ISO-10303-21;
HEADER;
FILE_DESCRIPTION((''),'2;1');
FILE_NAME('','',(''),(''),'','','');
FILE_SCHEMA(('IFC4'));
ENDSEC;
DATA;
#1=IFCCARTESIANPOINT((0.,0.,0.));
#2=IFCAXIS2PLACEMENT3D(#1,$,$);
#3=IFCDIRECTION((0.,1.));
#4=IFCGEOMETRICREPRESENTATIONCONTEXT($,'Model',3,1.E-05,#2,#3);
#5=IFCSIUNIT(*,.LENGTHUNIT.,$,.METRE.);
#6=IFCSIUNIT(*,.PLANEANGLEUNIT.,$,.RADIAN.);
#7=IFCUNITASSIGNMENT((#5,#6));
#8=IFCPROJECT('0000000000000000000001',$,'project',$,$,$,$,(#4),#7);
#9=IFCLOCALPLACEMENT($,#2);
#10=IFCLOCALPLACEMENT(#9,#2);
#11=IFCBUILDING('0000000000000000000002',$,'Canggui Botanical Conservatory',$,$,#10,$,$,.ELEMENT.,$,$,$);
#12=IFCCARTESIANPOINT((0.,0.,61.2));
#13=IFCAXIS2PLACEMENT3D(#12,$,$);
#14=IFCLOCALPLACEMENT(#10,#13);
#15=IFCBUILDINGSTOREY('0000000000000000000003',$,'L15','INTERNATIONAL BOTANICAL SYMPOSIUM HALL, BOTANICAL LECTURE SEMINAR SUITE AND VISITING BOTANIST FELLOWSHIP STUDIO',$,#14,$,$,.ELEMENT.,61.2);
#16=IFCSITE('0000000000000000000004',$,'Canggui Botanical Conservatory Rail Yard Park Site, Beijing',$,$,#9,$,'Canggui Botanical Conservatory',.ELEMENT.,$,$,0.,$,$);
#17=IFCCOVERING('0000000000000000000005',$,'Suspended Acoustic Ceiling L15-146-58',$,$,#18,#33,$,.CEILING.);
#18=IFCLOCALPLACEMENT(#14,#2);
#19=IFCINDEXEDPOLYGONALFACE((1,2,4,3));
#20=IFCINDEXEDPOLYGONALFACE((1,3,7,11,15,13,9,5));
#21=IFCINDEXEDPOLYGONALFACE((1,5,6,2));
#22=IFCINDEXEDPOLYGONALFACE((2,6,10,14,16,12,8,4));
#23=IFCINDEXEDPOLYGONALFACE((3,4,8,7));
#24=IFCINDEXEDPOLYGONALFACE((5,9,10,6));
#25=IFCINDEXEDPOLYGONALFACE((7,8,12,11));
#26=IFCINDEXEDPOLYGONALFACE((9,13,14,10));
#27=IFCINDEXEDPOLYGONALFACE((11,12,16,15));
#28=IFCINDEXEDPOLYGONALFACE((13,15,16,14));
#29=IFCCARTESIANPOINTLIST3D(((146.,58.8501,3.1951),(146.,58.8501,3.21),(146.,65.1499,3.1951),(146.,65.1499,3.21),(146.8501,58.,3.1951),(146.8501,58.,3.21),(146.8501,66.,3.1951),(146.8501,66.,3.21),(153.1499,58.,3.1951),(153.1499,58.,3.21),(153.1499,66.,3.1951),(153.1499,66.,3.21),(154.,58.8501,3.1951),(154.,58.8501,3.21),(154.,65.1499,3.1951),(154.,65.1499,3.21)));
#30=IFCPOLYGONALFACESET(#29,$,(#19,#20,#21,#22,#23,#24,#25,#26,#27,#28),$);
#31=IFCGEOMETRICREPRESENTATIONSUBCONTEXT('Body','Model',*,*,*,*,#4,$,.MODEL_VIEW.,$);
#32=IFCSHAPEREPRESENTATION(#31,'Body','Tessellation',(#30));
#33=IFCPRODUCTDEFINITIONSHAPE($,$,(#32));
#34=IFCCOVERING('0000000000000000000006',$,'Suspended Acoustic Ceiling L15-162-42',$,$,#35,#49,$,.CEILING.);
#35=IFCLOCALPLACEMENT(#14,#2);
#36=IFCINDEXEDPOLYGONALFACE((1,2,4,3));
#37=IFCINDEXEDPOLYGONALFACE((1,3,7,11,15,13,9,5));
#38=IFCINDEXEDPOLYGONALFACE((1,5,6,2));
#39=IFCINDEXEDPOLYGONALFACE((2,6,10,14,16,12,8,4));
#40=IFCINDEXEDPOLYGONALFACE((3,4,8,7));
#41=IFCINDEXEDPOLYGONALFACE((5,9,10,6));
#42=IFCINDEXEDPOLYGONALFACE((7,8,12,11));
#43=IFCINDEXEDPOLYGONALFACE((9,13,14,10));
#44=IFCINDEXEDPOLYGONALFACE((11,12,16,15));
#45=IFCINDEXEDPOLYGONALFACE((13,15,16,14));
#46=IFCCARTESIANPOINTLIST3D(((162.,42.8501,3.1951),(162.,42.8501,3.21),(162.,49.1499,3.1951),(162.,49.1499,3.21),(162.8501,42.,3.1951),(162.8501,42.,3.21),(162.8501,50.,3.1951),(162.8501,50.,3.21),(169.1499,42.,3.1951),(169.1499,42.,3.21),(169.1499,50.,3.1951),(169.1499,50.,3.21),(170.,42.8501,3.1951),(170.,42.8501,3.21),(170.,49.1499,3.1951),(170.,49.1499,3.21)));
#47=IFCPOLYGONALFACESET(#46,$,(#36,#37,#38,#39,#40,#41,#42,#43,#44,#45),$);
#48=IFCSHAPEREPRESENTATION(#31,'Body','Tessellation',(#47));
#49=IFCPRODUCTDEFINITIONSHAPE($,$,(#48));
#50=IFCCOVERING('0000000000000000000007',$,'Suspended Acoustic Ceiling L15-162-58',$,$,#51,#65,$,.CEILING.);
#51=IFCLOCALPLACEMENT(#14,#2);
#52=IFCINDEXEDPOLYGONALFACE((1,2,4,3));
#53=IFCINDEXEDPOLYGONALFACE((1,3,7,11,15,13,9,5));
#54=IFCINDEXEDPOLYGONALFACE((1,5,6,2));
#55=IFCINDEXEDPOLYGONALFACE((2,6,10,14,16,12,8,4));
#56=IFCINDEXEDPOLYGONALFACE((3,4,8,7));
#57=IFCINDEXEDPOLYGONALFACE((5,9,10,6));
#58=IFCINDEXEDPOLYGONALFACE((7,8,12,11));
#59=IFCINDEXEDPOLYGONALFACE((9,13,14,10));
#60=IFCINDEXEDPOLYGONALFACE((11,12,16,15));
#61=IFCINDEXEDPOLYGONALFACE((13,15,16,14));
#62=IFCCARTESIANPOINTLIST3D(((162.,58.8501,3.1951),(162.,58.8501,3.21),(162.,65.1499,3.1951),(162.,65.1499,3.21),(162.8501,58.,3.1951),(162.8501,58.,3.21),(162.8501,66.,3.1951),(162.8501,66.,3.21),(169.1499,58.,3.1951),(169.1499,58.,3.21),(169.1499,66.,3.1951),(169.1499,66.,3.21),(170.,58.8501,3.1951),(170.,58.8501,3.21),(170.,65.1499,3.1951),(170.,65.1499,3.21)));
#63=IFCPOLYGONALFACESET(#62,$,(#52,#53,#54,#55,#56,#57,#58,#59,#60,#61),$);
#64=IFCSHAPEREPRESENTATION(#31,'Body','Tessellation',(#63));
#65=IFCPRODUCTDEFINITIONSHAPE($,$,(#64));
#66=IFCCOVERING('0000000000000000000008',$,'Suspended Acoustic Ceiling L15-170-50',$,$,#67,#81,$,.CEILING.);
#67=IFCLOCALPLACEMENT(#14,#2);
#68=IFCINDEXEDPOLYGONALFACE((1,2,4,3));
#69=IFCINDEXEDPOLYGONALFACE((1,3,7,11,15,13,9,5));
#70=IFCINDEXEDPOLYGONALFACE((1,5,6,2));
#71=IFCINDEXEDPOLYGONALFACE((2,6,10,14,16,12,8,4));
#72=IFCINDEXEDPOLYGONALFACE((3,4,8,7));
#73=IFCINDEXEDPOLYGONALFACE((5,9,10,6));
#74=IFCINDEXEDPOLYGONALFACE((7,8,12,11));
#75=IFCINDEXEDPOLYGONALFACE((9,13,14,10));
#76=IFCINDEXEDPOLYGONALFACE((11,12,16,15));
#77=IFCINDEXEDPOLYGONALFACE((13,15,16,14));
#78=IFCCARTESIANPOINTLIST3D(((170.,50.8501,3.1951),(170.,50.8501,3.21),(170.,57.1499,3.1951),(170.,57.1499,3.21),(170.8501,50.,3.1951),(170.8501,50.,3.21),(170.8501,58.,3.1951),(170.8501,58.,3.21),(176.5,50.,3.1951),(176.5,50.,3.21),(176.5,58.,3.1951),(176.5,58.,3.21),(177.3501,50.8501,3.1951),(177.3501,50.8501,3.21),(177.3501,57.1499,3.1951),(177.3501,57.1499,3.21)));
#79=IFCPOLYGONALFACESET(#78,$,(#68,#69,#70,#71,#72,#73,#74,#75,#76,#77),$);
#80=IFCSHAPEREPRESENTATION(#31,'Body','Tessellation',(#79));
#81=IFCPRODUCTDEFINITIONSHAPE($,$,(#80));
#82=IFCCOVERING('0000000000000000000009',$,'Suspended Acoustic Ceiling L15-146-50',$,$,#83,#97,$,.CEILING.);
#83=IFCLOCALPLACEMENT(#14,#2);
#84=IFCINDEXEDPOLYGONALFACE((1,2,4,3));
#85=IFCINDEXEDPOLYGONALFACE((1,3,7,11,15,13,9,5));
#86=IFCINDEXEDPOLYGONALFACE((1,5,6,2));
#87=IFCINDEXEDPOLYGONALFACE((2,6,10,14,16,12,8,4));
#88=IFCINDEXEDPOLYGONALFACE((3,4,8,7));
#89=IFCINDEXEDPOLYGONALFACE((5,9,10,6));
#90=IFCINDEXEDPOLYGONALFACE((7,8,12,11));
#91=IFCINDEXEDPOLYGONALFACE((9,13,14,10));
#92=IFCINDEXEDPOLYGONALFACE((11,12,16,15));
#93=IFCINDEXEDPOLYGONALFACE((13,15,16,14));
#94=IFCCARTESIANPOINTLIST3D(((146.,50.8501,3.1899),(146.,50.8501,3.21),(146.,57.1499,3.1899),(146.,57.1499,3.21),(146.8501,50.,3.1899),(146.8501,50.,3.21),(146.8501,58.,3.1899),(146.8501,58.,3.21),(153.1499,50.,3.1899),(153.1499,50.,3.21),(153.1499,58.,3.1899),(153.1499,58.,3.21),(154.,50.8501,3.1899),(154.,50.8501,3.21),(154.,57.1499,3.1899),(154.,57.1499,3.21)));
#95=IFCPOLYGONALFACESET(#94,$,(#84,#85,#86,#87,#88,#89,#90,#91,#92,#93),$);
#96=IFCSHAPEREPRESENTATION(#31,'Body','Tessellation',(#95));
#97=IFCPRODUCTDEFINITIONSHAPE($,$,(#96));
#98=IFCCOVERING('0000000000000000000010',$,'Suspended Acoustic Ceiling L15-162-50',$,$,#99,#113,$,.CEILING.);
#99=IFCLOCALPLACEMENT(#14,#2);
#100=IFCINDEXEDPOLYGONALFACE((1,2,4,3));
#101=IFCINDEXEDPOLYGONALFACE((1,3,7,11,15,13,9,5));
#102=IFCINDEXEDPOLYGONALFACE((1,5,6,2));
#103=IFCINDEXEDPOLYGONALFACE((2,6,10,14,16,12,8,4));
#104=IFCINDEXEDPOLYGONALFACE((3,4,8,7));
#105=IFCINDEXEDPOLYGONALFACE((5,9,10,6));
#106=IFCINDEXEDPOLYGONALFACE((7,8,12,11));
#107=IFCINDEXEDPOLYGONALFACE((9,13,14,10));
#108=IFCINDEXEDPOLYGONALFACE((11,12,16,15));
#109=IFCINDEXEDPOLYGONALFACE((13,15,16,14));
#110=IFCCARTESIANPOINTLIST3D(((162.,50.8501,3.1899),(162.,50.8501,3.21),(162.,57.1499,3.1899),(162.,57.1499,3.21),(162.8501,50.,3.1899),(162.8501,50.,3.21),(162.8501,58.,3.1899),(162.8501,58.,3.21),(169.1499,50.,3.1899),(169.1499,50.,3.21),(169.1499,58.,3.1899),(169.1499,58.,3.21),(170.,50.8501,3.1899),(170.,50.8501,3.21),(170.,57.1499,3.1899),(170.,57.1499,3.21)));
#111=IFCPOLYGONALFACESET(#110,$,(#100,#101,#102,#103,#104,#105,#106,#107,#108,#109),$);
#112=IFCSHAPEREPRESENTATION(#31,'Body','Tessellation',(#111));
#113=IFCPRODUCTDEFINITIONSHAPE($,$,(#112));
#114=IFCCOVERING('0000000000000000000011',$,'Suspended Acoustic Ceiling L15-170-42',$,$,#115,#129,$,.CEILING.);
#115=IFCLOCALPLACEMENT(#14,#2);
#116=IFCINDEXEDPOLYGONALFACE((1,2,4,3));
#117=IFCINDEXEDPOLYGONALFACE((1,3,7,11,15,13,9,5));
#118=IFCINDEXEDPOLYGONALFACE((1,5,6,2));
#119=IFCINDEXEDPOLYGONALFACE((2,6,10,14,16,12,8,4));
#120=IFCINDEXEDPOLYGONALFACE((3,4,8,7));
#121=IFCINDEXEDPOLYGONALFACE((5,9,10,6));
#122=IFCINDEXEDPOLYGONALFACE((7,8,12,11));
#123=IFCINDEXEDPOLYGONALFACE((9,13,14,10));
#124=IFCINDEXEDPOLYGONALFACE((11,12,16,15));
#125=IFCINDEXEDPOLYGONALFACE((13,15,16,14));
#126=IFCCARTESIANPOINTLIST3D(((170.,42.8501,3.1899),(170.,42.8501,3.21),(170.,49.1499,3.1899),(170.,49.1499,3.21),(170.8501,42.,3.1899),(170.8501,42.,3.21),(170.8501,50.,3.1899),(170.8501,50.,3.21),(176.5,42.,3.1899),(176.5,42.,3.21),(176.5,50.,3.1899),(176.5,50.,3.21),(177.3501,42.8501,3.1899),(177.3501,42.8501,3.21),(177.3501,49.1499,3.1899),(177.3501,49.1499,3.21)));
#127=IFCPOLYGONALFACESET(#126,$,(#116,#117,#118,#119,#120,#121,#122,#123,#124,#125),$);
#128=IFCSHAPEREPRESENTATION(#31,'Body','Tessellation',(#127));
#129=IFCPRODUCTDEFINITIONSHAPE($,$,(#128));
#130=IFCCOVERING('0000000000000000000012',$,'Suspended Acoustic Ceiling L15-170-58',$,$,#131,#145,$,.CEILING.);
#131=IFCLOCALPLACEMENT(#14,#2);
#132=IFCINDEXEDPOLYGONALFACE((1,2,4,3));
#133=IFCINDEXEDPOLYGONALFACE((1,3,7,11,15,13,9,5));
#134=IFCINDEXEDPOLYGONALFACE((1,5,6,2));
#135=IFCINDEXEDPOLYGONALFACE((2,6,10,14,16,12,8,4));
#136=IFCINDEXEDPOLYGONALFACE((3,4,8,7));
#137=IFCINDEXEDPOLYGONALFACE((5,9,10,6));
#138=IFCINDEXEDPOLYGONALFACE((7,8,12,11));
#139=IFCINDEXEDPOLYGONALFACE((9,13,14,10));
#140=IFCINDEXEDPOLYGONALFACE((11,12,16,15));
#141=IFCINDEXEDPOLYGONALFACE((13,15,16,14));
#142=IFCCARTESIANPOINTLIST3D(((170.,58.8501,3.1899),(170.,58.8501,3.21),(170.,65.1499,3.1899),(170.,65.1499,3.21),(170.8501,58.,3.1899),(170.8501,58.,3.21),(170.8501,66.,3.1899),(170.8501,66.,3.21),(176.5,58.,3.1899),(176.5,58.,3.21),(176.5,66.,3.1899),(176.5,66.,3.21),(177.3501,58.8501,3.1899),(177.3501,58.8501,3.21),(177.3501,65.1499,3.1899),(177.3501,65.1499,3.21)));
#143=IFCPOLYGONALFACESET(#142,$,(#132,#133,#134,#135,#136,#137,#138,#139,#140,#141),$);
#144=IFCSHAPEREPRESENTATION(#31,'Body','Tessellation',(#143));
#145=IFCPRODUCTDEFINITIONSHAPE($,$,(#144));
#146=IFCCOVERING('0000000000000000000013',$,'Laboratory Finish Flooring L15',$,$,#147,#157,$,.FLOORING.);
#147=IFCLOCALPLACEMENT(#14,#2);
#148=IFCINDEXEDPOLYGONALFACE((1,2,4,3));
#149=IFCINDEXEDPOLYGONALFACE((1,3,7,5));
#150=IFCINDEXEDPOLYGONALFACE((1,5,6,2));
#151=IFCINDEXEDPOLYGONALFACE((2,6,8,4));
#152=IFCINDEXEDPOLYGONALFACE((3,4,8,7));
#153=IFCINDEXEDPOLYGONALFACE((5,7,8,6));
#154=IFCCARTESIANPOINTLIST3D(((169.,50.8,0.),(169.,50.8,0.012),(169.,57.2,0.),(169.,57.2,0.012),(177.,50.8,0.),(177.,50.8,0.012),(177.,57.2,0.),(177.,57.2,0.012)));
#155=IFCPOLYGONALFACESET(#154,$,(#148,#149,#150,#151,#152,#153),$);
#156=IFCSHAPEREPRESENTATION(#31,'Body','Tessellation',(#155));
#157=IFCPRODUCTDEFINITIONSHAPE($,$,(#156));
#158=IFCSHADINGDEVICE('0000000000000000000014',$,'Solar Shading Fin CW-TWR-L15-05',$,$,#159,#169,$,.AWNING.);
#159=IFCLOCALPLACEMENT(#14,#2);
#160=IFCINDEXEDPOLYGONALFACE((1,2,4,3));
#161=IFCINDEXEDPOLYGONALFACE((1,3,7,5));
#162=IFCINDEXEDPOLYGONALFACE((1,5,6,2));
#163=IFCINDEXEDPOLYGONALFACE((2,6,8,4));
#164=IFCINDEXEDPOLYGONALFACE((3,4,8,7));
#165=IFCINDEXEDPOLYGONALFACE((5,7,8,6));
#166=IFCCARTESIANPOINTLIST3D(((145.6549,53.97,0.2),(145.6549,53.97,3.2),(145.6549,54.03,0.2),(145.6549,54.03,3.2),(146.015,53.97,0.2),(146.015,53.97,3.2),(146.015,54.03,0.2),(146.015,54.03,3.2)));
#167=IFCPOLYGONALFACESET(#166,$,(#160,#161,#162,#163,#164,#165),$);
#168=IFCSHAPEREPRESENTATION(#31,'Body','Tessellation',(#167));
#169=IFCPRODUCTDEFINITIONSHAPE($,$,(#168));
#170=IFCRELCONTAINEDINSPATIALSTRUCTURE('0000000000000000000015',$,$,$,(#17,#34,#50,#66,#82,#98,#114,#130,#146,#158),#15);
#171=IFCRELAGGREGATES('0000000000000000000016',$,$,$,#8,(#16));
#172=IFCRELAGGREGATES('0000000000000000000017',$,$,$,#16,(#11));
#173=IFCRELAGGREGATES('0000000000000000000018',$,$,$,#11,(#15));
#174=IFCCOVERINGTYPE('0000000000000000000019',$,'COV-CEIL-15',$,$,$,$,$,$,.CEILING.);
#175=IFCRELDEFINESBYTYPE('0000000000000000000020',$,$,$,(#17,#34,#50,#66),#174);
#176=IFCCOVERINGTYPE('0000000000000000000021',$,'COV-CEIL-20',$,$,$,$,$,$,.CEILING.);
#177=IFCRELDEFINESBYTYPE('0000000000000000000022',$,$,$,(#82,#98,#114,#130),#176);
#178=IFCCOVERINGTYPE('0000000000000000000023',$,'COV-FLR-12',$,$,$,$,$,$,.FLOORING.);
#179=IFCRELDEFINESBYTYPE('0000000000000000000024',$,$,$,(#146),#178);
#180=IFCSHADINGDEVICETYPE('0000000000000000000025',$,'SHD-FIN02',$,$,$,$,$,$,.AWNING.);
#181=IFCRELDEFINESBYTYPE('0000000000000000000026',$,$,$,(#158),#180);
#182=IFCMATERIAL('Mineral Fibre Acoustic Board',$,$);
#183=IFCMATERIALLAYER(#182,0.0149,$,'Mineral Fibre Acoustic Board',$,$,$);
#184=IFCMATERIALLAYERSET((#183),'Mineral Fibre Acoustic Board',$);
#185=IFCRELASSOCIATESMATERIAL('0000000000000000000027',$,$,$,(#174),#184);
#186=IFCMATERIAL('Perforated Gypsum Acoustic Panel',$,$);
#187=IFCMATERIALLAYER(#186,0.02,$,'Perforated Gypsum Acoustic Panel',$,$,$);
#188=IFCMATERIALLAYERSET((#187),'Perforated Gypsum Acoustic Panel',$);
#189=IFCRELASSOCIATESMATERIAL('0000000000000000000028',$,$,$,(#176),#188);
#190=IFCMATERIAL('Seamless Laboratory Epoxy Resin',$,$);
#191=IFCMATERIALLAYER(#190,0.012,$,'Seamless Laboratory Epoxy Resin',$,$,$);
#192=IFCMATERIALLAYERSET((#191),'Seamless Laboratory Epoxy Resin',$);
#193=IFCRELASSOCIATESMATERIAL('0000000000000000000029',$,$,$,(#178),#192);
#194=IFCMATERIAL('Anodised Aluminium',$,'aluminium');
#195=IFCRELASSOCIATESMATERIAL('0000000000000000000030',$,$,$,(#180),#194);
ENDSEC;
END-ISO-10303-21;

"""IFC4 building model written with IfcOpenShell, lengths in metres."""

from ifc_helpers import new_model, si_unit, direction, frame, origin, origin_2d, place, context, subcontext, project, spatial, polyline, rectangle, outline, extrude, material, layer, layer_set, type_object, element, save


model = new_model("IFC4")

# Units and contexts
model_context = context("Model", 3, precision=1e-05, world=origin(), true_north=direction((0.0, 1.0)))
body_context = subcontext(model_context, "Body", "Model", "MODEL_VIEW")
ifc_project = project(units=[si_unit("LENGTHUNIT", "METRE"), si_unit("PLANEANGLEUNIT", "RADIAN")], contexts=[model_context])

# Site, building, storey
site_placement = place(None, origin())
site = spatial("IfcSite", under=ifc_project, at=site_placement, Name="Canggui Botanical Conservatory Rail Yard Park Site, Beijing", LongName="Canggui Botanical Conservatory", CompositionType="ELEMENT", RefElevation=0.0)
building_placement = place(site_placement, origin())
building = spatial("IfcBuilding", under=site, at=building_placement, Name="Canggui Botanical Conservatory", CompositionType="ELEMENT")
storey_placement = place(building_placement, frame((0.0, 0.0, 61.2)))
storey = spatial("IfcBuildingStorey", under=building, at=storey_placement, Name="L15", Description="INTERNATIONAL BOTANICAL SYMPOSIUM HALL, BOTANICAL LECTURE SEMINAR SUITE AND VISITING BOTANIST FELLOWSHIP STUDIO", CompositionType="ELEMENT", Elevation=61.2)

# Coverings
ifc_material_1 = material(Name="Mineral Fibre Acoustic Board")
ifc_layer_1 = layer(ifc_material_1, 0.0149, Name="Mineral Fibre Acoustic Board")
ifc_layer_set_1 = layer_set([ifc_layer_1], Name="Mineral Fibre Acoustic Board")
covering_type_1 = type_object("IfcCoveringType", Name="COV-CEIL-15", PredefinedType="CEILING", material=ifc_layer_set_1)
covering_1_placement = place(storey_placement, frame((0.0, 0.0, 3.1951)))
element("IfcCovering", 1, at=covering_1_placement, inside=storey, type_object=covering_type_1, Name="Suspended Acoustic Ceiling L15-146-58", PredefinedType="CEILING", context=body_context, shape_type="SweptSolid", body=[
    extrude(outline(polyline([(146.8501, 58.0), (153.1499, 58.0), (154.0, 58.8501), (154.0, 65.1499), (153.1499, 66.0), (146.8501, 66.0), (146.0, 65.1499), (146.0, 58.8501), (146.8501, 58.0)])), origin(), (0.0, 0.0, 1.0), 0.0149),
])
covering_2_placement = place(storey_placement, frame((0.0, 0.0, 3.1951)))
element("IfcCovering", 2, at=covering_2_placement, inside=storey, type_object=covering_type_1, Name="Suspended Acoustic Ceiling L15-162-42", PredefinedType="CEILING", context=body_context, shape_type="SweptSolid", body=[
    extrude(outline(polyline([(162.8501, 42.0), (169.1499, 42.0), (170.0, 42.8501), (170.0, 49.1499), (169.1499, 50.0), (162.8501, 50.0), (162.0, 49.1499), (162.0, 42.8501), (162.8501, 42.0)])), origin(), (0.0, 0.0, 1.0), 0.0149),
])
covering_3_placement = place(storey_placement, frame((0.0, 0.0, 3.1951)))
element("IfcCovering", 3, at=covering_3_placement, inside=storey, type_object=covering_type_1, Name="Suspended Acoustic Ceiling L15-162-58", PredefinedType="CEILING", context=body_context, shape_type="SweptSolid", body=[
    extrude(outline(polyline([(162.8501, 58.0), (169.1499, 58.0), (170.0, 58.8501), (170.0, 65.1499), (169.1499, 66.0), (162.8501, 66.0), (162.0, 65.1499), (162.0, 58.8501), (162.8501, 58.0)])), origin(), (0.0, 0.0, 1.0), 0.0149),
])
covering_4_placement = place(storey_placement, frame((0.0, 0.0, 3.1951)))
element("IfcCovering", 4, at=covering_4_placement, inside=storey, type_object=covering_type_1, Name="Suspended Acoustic Ceiling L15-170-50", PredefinedType="CEILING", context=body_context, shape_type="SweptSolid", body=[
    extrude(outline(polyline([(170.8501, 50.0), (176.5, 50.0), (177.3501, 50.8501), (177.3501, 57.1499), (176.5, 58.0), (170.8501, 58.0), (170.0, 57.1499), (170.0, 50.8501), (170.8501, 50.0)])), origin(), (0.0, 0.0, 1.0), 0.0149),
])
ifc_material_2 = material(Name="Perforated Gypsum Acoustic Panel")
ifc_layer_2 = layer(ifc_material_2, 0.02, Name="Perforated Gypsum Acoustic Panel")
ifc_layer_set_2 = layer_set([ifc_layer_2], Name="Perforated Gypsum Acoustic Panel")
covering_type_2 = type_object("IfcCoveringType", Name="COV-CEIL-20", PredefinedType="CEILING", material=ifc_layer_set_2)
covering_5_placement = place(storey_placement, frame((0.0, 0.0, 3.1899)))
element("IfcCovering", 5, at=covering_5_placement, inside=storey, type_object=covering_type_2, Name="Suspended Acoustic Ceiling L15-146-50", PredefinedType="CEILING", context=body_context, shape_type="SweptSolid", body=[
    extrude(outline(polyline([(146.8501, 50.0), (153.1499, 50.0), (154.0, 50.8501), (154.0, 57.1499), (153.1499, 58.0), (146.8501, 58.0), (146.0, 57.1499), (146.0, 50.8501), (146.8501, 50.0)])), origin(), (0.0, 0.0, 1.0), 0.02),
])
covering_6_placement = place(storey_placement, frame((0.0, 0.0, 3.1899)))
element("IfcCovering", 6, at=covering_6_placement, inside=storey, type_object=covering_type_2, Name="Suspended Acoustic Ceiling L15-162-50", PredefinedType="CEILING", context=body_context, shape_type="SweptSolid", body=[
    extrude(outline(polyline([(162.8501, 50.0), (169.1499, 50.0), (170.0, 50.8501), (170.0, 57.1499), (169.1499, 58.0), (162.8501, 58.0), (162.0, 57.1499), (162.0, 50.8501), (162.8501, 50.0)])), origin(), (0.0, 0.0, 1.0), 0.02),
])
covering_7_placement = place(storey_placement, frame((0.0, 0.0, 3.1899)))
element("IfcCovering", 7, at=covering_7_placement, inside=storey, type_object=covering_type_2, Name="Suspended Acoustic Ceiling L15-170-42", PredefinedType="CEILING", context=body_context, shape_type="SweptSolid", body=[
    extrude(outline(polyline([(170.8501, 42.0), (176.5, 42.0), (177.3501, 42.8501), (177.3501, 49.1499), (176.5, 50.0), (170.8501, 50.0), (170.0, 49.1499), (170.0, 42.8501), (170.8501, 42.0)])), origin(), (0.0, 0.0, 1.0), 0.02),
])
covering_8_placement = place(storey_placement, frame((0.0, 0.0, 3.1899)))
element("IfcCovering", 8, at=covering_8_placement, inside=storey, type_object=covering_type_2, Name="Suspended Acoustic Ceiling L15-170-58", PredefinedType="CEILING", context=body_context, shape_type="SweptSolid", body=[
    extrude(outline(polyline([(170.8501, 58.0), (176.5, 58.0), (177.3501, 58.8501), (177.3501, 65.1499), (176.5, 66.0), (170.8501, 66.0), (170.0, 65.1499), (170.0, 58.8501), (170.8501, 58.0)])), origin(), (0.0, 0.0, 1.0), 0.02),
])
ifc_material_3 = material(Name="Seamless Laboratory Epoxy Resin")
ifc_layer_3 = layer(ifc_material_3, 0.012, Name="Seamless Laboratory Epoxy Resin")
ifc_layer_set_3 = layer_set([ifc_layer_3], Name="Seamless Laboratory Epoxy Resin")
covering_type_3 = type_object("IfcCoveringType", Name="COV-FLR-12", PredefinedType="FLOORING", material=ifc_layer_set_3)
covering_9_placement = place(storey_placement, origin())
element("IfcCovering", 9, at=covering_9_placement, inside=storey, type_object=covering_type_3, Name="Laboratory Finish Flooring L15", PredefinedType="FLOORING", context=body_context, shape_type="SweptSolid", body=[
    extrude(outline(polyline([(169.0, 50.8), (177.0, 50.8), (177.0, 57.2), (169.0, 57.2), (169.0, 50.8)])), origin(), (0.0, 0.0, 1.0), 0.012),
])

# Shading device
ifc_material_4 = material(Name="Anodised Aluminium", Category="aluminium")
shading_device_type = type_object("IfcShadingDeviceType", Name="SHD-FIN02", PredefinedType="AWNING", material=ifc_material_4)
shading_device_placement = place(storey_placement, frame((145.835, 54.0, 0.2), z_axis=(0.0, 0.0, 1.0), x_axis=(0.0, 1.0, 0.0)))
element("IfcShadingDevice", 10, at=shading_device_placement, inside=storey, type_object=shading_device_type, Name="Solar Shading Fin CW-TWR-L15-05", PredefinedType="AWNING", context=body_context, shape_type="SweptSolid", body=[
    extrude(rectangle(XDim=0.0601, YDim=0.3601, at=origin_2d()), origin(), (0.0, 0.0, 1.0), 3.0),
])

save(model, "model.ifc")
